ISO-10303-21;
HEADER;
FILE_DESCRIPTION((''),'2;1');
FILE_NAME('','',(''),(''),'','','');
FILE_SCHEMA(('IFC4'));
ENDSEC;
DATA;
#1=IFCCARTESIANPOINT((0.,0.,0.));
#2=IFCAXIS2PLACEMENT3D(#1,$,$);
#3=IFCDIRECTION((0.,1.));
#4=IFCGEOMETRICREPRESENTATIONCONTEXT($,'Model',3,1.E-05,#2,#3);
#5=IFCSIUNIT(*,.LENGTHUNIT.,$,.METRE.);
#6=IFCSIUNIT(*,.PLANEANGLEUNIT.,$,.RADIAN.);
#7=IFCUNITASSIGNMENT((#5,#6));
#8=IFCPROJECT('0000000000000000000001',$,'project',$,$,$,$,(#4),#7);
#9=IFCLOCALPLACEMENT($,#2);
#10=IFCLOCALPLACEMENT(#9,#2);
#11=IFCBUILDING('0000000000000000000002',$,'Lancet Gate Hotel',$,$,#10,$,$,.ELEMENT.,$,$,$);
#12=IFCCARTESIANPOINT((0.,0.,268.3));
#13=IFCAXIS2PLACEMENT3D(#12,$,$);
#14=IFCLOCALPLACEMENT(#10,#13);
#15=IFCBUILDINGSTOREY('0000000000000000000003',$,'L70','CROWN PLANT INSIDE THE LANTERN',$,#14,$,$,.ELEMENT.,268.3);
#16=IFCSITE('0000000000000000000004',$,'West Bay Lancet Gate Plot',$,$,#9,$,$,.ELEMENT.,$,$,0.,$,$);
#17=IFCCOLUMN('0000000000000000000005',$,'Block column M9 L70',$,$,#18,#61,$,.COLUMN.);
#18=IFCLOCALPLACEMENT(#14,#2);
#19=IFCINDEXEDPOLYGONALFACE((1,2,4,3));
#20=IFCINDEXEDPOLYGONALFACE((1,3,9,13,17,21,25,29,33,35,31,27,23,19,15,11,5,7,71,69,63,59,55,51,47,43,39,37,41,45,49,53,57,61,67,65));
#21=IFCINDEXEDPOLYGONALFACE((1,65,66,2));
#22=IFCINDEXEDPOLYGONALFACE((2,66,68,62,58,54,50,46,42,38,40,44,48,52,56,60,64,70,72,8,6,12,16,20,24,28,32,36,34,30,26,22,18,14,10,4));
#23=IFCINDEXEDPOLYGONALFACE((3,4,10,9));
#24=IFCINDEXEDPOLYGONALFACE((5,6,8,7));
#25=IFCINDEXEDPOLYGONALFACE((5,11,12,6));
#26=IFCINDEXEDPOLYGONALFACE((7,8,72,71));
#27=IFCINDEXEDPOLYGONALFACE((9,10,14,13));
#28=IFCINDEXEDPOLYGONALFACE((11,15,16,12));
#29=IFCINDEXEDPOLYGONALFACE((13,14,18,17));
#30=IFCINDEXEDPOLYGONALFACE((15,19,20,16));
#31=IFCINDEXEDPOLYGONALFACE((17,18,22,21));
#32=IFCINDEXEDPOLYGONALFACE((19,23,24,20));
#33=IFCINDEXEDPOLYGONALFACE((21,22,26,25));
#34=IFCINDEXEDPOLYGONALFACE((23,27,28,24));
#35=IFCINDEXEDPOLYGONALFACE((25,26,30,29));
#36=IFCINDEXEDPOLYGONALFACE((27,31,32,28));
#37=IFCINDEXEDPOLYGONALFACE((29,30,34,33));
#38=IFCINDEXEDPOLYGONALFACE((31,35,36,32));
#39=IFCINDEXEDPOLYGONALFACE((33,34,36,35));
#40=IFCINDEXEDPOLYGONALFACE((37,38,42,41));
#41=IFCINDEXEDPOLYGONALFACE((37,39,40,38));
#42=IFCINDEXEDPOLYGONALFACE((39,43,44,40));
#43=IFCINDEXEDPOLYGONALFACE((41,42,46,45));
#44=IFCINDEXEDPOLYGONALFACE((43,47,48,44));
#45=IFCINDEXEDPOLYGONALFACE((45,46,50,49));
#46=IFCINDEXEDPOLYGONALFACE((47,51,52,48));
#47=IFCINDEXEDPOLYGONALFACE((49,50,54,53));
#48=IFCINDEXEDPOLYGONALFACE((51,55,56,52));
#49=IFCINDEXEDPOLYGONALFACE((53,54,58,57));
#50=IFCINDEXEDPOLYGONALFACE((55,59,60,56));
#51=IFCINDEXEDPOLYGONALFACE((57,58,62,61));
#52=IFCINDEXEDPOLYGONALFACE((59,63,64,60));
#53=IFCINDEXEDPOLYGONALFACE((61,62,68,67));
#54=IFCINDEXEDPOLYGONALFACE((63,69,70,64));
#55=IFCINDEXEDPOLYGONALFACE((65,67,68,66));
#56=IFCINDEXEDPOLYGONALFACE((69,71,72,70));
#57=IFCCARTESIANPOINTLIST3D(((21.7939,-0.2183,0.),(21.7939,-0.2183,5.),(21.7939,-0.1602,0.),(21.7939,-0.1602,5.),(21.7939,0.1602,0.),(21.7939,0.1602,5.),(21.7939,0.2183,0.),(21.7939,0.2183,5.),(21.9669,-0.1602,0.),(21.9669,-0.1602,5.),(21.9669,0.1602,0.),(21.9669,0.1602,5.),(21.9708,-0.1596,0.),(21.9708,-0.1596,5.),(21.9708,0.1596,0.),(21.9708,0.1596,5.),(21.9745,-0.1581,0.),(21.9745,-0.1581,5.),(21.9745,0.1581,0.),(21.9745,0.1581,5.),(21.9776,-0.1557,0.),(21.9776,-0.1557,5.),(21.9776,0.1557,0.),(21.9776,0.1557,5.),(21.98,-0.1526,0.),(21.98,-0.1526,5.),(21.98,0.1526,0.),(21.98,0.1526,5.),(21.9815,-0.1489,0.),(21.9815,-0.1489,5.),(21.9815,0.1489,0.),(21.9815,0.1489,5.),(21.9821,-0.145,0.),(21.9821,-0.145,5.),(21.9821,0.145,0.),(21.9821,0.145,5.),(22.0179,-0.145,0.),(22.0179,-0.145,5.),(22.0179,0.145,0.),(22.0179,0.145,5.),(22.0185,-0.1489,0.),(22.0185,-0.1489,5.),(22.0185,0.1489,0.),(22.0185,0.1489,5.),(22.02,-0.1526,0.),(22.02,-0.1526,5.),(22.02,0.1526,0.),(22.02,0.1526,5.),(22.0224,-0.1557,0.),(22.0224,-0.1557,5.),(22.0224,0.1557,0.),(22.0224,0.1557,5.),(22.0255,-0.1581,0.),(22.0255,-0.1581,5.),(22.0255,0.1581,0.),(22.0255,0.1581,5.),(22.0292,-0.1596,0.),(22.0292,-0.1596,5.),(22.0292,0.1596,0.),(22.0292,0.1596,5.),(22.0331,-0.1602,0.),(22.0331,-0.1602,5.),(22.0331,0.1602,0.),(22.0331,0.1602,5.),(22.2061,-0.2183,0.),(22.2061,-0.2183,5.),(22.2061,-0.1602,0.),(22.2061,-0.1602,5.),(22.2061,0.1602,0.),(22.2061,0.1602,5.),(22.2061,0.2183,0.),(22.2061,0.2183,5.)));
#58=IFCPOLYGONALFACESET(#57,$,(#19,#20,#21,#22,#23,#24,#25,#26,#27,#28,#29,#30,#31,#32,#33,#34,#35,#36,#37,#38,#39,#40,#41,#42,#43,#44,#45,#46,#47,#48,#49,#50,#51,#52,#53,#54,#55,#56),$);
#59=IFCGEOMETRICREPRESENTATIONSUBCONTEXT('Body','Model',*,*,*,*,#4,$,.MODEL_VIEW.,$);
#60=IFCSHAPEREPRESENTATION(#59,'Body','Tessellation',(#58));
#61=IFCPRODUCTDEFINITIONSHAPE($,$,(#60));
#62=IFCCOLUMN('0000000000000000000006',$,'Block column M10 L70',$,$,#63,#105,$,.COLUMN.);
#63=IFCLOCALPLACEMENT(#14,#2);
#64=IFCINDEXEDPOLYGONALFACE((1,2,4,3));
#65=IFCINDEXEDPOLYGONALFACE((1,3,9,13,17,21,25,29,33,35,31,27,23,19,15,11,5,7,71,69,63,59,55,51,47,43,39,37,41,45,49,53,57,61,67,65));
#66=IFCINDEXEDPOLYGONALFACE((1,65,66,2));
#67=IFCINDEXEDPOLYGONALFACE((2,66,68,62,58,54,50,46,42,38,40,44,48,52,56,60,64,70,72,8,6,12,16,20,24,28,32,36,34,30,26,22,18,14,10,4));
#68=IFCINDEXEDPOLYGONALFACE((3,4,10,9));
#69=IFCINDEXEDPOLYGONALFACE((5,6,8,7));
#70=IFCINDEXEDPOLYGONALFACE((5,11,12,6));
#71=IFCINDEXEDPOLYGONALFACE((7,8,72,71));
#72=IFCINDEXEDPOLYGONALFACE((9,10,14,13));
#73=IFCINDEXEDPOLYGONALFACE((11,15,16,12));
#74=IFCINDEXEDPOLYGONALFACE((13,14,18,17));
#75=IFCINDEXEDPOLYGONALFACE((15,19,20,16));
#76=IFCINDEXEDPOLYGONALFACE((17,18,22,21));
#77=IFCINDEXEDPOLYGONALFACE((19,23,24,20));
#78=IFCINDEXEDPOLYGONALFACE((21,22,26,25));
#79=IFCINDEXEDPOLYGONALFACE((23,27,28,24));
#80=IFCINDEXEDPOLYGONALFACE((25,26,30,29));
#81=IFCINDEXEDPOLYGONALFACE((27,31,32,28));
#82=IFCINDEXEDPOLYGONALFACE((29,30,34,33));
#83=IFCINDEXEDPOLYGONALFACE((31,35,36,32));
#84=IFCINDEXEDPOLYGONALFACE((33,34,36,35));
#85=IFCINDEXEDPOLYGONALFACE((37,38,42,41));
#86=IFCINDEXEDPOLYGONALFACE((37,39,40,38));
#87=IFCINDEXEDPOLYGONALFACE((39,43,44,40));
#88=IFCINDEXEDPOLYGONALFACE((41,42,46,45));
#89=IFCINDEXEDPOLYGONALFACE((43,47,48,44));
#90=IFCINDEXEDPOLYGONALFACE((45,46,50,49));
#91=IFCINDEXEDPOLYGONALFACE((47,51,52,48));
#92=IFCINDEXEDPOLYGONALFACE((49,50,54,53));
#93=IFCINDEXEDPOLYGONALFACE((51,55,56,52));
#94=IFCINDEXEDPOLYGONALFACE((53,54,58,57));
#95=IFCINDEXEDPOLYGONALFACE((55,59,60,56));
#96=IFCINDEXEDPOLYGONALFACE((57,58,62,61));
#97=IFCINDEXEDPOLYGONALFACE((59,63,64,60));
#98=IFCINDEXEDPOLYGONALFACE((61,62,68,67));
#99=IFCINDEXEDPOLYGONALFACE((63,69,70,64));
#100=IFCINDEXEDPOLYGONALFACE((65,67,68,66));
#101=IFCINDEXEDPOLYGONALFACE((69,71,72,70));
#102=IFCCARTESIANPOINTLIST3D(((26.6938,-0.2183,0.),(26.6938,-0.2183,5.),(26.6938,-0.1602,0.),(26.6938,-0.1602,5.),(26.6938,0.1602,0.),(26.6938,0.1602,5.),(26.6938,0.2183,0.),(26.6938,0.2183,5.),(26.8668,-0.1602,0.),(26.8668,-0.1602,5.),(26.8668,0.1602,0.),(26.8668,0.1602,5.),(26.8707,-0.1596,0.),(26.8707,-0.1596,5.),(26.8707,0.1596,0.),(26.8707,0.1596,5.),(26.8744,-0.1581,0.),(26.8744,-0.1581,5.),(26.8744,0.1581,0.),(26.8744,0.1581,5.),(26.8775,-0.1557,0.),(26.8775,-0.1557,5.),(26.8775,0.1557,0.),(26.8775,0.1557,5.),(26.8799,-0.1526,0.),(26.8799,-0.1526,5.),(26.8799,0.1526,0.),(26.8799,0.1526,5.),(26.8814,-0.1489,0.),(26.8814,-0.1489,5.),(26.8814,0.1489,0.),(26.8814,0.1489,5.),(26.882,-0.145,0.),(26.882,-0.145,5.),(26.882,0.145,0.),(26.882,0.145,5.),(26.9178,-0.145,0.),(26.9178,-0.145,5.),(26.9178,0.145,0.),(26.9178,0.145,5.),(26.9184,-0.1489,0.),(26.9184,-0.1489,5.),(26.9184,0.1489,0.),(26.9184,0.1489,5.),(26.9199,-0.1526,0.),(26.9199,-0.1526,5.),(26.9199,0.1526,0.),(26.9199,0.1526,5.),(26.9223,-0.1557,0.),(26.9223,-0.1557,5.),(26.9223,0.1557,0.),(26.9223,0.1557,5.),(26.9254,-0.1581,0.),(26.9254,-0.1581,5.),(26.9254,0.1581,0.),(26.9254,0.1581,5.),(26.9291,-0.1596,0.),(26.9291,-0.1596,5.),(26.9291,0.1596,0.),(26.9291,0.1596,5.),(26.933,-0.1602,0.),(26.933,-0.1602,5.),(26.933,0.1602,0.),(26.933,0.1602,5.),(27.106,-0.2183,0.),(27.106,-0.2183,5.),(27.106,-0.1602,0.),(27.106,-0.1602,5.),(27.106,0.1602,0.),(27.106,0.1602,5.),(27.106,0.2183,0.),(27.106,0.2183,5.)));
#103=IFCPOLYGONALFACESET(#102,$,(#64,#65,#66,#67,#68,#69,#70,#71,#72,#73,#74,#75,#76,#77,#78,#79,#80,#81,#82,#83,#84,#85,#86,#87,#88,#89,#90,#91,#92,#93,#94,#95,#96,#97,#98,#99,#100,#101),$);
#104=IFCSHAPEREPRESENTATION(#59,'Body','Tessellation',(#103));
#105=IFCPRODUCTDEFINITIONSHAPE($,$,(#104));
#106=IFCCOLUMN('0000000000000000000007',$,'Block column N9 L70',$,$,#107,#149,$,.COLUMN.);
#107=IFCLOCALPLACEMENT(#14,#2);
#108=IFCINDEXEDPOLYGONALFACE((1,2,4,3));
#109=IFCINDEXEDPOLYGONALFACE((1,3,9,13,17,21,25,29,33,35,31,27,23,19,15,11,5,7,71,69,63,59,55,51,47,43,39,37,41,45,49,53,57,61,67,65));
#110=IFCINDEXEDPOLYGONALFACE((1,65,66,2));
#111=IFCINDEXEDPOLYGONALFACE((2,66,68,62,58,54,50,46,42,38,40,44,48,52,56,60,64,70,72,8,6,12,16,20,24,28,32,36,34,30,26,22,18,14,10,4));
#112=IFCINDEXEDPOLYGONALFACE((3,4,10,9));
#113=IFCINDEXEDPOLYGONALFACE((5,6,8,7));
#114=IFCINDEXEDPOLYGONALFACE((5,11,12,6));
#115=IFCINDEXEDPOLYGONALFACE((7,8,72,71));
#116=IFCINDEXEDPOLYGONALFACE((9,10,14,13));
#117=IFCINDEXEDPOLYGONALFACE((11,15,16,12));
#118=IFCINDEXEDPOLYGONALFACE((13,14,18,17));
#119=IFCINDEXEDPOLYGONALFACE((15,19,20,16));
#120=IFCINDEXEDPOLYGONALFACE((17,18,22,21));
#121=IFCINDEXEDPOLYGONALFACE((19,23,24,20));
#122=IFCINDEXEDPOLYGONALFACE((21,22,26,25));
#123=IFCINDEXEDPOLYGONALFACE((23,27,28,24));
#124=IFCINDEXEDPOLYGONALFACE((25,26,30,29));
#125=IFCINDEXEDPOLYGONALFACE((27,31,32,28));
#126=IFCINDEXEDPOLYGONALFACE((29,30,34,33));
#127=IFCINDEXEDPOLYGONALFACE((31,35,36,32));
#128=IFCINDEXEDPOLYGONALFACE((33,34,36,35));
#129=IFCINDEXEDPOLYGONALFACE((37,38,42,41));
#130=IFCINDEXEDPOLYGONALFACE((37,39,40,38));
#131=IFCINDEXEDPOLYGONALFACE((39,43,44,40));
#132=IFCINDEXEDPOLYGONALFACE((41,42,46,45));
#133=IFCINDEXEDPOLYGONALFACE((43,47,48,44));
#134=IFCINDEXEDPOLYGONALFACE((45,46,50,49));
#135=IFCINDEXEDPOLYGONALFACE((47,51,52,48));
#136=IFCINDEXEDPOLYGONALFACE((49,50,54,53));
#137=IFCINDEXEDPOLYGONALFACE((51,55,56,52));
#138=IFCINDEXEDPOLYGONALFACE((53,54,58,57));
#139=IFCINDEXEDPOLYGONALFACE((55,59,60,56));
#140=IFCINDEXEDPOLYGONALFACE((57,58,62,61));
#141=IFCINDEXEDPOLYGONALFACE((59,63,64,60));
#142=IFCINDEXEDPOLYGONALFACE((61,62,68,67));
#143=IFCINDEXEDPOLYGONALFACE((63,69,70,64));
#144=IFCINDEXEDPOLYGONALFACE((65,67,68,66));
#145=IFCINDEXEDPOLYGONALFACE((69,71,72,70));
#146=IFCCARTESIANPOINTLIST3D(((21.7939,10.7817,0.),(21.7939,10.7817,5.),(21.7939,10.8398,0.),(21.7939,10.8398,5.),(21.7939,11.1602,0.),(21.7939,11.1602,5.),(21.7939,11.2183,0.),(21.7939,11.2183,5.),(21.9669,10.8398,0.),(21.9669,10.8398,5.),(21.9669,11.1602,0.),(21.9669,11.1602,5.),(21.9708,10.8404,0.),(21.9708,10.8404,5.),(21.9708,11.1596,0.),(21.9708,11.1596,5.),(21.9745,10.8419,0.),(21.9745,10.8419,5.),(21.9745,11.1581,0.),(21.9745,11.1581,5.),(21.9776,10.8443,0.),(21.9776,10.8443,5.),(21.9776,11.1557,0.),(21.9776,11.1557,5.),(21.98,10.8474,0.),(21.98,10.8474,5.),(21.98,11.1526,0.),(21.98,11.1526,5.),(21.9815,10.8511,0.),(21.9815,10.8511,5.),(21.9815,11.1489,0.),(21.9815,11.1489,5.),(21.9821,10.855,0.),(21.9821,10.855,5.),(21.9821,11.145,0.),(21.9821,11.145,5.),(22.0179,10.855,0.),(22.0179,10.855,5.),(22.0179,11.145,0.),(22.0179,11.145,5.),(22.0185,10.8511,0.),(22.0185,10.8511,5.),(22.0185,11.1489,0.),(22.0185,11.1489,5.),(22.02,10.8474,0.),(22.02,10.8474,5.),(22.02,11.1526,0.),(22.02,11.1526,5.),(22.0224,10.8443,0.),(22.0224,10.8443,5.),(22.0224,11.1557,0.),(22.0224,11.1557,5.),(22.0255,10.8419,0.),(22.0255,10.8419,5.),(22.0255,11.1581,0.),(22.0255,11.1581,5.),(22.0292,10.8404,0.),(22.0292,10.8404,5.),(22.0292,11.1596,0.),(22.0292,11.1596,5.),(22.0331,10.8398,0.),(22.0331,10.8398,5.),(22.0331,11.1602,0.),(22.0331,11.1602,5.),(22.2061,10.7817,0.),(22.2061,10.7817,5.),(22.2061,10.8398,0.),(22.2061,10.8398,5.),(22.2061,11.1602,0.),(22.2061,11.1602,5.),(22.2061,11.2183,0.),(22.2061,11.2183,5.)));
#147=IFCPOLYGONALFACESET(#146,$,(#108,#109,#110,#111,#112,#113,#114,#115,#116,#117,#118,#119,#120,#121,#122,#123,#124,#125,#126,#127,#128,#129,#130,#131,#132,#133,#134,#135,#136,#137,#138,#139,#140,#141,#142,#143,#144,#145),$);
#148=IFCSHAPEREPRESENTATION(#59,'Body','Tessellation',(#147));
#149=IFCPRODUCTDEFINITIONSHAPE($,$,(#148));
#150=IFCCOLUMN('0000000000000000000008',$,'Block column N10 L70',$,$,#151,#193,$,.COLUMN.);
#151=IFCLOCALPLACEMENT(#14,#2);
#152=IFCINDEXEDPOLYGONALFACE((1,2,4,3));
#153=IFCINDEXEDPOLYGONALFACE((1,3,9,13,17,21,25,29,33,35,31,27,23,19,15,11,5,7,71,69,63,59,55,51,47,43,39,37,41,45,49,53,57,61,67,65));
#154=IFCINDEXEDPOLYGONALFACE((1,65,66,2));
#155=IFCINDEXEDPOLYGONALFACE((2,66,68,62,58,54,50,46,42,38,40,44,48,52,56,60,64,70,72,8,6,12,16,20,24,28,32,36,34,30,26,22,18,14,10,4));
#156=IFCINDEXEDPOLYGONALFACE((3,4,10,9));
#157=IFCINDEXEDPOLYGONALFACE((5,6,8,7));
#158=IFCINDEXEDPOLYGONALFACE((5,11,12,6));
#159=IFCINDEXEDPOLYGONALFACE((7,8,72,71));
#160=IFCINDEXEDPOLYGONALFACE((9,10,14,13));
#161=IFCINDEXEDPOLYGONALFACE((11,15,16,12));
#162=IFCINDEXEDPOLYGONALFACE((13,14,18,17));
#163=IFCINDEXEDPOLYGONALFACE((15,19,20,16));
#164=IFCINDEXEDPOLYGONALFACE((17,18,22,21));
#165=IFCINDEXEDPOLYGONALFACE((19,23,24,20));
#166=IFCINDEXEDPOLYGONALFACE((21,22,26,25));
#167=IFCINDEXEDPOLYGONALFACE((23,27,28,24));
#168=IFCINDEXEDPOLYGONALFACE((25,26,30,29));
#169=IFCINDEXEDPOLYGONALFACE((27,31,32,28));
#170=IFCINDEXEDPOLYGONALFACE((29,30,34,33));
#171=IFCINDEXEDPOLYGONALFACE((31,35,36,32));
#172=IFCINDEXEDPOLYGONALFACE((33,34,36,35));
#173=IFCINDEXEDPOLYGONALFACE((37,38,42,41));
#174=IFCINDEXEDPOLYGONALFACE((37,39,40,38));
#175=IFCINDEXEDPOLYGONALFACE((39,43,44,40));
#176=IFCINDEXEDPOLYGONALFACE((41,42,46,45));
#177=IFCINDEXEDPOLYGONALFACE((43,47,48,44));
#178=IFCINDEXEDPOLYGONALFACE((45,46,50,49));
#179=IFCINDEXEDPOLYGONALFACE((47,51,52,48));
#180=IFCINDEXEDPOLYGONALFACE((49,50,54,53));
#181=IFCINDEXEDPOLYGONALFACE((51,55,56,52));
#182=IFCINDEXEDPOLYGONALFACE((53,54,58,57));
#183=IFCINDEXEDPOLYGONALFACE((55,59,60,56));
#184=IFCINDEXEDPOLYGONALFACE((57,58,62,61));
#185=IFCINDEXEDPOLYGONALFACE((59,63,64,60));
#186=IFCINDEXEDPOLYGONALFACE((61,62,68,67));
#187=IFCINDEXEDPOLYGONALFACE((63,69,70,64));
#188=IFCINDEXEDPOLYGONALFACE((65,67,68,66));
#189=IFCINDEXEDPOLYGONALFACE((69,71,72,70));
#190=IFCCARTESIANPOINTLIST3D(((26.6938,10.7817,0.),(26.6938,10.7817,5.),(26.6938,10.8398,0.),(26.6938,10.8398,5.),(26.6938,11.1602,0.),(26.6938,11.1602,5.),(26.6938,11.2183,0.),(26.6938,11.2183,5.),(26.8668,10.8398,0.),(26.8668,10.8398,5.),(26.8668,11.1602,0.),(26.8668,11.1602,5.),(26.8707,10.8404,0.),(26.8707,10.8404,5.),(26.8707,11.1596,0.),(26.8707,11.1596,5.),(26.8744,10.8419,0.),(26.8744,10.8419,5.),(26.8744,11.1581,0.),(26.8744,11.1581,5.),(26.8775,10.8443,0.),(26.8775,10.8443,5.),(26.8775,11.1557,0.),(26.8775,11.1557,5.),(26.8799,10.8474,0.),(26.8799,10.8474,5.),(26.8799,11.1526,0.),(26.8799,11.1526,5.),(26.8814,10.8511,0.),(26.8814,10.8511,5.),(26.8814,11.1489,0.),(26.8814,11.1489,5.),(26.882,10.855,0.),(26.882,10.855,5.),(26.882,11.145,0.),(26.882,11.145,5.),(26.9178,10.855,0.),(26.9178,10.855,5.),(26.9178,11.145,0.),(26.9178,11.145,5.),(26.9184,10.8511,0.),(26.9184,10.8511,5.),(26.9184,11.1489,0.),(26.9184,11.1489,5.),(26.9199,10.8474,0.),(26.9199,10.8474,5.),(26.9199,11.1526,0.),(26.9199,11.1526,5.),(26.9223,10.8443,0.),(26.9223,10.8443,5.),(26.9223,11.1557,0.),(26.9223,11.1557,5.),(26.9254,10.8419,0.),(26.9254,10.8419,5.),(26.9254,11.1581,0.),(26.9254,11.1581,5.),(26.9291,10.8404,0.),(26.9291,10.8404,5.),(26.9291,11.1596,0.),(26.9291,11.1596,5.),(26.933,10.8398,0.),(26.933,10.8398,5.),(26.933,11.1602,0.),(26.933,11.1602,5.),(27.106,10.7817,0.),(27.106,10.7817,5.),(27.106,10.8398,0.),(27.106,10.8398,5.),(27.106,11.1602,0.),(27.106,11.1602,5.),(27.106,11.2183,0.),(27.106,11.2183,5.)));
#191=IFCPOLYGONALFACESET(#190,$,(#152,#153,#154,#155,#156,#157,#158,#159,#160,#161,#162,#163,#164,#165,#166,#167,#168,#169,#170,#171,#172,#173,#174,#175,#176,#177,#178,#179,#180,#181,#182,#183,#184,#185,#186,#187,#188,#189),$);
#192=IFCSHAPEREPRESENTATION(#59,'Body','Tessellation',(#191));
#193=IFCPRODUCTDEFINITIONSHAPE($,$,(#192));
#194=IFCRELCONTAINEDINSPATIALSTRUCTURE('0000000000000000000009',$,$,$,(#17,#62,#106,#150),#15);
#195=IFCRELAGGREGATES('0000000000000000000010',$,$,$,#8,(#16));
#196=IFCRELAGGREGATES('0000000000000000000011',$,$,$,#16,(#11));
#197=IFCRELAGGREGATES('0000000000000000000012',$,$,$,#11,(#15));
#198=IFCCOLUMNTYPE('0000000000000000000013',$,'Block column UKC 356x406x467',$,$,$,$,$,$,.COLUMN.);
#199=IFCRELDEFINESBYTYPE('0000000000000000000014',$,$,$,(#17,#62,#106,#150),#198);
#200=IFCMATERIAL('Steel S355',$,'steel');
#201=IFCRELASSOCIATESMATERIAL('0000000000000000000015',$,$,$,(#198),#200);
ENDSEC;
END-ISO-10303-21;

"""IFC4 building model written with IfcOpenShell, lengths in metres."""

from ifc_helpers import new_model, si_unit, direction, frame, origin, origin_2d, place, context, subcontext, project, spatial, i_section, extrude, material, material_profile, profile_set, type_object, element, save


model = new_model("IFC4")

# Units and contexts
model_context = context("Model", 3, precision=1e-05, world=origin(), true_north=direction((0.0, 1.0)))
body_context = subcontext(model_context, "Body", "Model", "MODEL_VIEW")
ifc_project = project(units=[si_unit("LENGTHUNIT", "METRE"), si_unit("PLANEANGLEUNIT", "RADIAN")], contexts=[model_context])

# Site, building, storey
site_placement = place(None, origin())
site = spatial("IfcSite", under=ifc_project, at=site_placement, Name="West Bay Lancet Gate Plot", CompositionType="ELEMENT", RefElevation=0.0)
building_placement = place(site_placement, origin())
building = spatial("IfcBuilding", under=site, at=building_placement, Name="Lancet Gate Hotel", CompositionType="ELEMENT")
storey_placement = place(building_placement, frame((0.0, 0.0, 268.3)))
storey = spatial("IfcBuildingStorey", under=building, at=storey_placement, Name="L70", Description="CROWN PLANT INSIDE THE LANTERN", CompositionType="ELEMENT", Elevation=268.3)

# Columns
ifc_material_1 = material(Name="Steel S355", Category="steel")
ifc_material_profile_1 = material_profile(ifc_material_1, i_section(OverallWidth=0.4121, OverallDepth=0.4365, WebThickness=0.0359, FlangeThickness=0.0581, FilletRadius=0.0151, at=origin_2d()), Name="UKC 356x406x467")
ifc_profile_set_1 = profile_set([ifc_material_profile_1], Name="Steel S355")
column_type_1 = type_object("IfcColumnType", Name="Block column UKC 356x406x467", PredefinedType="COLUMN", material=ifc_profile_set_1)
for number, where, z_axis, x_axis, name in (
    (1, (22.0, 0.0, 0.0), (0.0, 0.0, 1.0), (1.0, 0.0, 0.0), "Block column M9 L70"),
    (2, (26.8999, 0.0, 0.0), (0.0, 0.0, 1.0), (1.0, 0.0, 0.0), "Block column M10 L70"),
    (3, (22.0, 11.0, 0.0), (0.0, 0.0, 1.0), (1.0, 0.0, 0.0), "Block column N9 L70"),
    (4, (26.8999, 11.0, 0.0), (0.0, 0.0, 1.0), (1.0, 0.0, 0.0), "Block column N10 L70"),
):
    element("IfcColumn", number, at=place(storey_placement, frame(where, z_axis=z_axis, x_axis=x_axis)), inside=storey, type_object=column_type_1, Name=name, PredefinedType="COLUMN", context=body_context, shape_type="SweptSolid", body=[
        extrude(i_section(OverallWidth=0.4121, OverallDepth=0.4365, WebThickness=0.0359, FlangeThickness=0.0581, FilletRadius=0.0151, at=origin_2d()), origin(), (0.0, 0.0, 1.0), 5.0),
    ])

save(model, "model.ifc")
